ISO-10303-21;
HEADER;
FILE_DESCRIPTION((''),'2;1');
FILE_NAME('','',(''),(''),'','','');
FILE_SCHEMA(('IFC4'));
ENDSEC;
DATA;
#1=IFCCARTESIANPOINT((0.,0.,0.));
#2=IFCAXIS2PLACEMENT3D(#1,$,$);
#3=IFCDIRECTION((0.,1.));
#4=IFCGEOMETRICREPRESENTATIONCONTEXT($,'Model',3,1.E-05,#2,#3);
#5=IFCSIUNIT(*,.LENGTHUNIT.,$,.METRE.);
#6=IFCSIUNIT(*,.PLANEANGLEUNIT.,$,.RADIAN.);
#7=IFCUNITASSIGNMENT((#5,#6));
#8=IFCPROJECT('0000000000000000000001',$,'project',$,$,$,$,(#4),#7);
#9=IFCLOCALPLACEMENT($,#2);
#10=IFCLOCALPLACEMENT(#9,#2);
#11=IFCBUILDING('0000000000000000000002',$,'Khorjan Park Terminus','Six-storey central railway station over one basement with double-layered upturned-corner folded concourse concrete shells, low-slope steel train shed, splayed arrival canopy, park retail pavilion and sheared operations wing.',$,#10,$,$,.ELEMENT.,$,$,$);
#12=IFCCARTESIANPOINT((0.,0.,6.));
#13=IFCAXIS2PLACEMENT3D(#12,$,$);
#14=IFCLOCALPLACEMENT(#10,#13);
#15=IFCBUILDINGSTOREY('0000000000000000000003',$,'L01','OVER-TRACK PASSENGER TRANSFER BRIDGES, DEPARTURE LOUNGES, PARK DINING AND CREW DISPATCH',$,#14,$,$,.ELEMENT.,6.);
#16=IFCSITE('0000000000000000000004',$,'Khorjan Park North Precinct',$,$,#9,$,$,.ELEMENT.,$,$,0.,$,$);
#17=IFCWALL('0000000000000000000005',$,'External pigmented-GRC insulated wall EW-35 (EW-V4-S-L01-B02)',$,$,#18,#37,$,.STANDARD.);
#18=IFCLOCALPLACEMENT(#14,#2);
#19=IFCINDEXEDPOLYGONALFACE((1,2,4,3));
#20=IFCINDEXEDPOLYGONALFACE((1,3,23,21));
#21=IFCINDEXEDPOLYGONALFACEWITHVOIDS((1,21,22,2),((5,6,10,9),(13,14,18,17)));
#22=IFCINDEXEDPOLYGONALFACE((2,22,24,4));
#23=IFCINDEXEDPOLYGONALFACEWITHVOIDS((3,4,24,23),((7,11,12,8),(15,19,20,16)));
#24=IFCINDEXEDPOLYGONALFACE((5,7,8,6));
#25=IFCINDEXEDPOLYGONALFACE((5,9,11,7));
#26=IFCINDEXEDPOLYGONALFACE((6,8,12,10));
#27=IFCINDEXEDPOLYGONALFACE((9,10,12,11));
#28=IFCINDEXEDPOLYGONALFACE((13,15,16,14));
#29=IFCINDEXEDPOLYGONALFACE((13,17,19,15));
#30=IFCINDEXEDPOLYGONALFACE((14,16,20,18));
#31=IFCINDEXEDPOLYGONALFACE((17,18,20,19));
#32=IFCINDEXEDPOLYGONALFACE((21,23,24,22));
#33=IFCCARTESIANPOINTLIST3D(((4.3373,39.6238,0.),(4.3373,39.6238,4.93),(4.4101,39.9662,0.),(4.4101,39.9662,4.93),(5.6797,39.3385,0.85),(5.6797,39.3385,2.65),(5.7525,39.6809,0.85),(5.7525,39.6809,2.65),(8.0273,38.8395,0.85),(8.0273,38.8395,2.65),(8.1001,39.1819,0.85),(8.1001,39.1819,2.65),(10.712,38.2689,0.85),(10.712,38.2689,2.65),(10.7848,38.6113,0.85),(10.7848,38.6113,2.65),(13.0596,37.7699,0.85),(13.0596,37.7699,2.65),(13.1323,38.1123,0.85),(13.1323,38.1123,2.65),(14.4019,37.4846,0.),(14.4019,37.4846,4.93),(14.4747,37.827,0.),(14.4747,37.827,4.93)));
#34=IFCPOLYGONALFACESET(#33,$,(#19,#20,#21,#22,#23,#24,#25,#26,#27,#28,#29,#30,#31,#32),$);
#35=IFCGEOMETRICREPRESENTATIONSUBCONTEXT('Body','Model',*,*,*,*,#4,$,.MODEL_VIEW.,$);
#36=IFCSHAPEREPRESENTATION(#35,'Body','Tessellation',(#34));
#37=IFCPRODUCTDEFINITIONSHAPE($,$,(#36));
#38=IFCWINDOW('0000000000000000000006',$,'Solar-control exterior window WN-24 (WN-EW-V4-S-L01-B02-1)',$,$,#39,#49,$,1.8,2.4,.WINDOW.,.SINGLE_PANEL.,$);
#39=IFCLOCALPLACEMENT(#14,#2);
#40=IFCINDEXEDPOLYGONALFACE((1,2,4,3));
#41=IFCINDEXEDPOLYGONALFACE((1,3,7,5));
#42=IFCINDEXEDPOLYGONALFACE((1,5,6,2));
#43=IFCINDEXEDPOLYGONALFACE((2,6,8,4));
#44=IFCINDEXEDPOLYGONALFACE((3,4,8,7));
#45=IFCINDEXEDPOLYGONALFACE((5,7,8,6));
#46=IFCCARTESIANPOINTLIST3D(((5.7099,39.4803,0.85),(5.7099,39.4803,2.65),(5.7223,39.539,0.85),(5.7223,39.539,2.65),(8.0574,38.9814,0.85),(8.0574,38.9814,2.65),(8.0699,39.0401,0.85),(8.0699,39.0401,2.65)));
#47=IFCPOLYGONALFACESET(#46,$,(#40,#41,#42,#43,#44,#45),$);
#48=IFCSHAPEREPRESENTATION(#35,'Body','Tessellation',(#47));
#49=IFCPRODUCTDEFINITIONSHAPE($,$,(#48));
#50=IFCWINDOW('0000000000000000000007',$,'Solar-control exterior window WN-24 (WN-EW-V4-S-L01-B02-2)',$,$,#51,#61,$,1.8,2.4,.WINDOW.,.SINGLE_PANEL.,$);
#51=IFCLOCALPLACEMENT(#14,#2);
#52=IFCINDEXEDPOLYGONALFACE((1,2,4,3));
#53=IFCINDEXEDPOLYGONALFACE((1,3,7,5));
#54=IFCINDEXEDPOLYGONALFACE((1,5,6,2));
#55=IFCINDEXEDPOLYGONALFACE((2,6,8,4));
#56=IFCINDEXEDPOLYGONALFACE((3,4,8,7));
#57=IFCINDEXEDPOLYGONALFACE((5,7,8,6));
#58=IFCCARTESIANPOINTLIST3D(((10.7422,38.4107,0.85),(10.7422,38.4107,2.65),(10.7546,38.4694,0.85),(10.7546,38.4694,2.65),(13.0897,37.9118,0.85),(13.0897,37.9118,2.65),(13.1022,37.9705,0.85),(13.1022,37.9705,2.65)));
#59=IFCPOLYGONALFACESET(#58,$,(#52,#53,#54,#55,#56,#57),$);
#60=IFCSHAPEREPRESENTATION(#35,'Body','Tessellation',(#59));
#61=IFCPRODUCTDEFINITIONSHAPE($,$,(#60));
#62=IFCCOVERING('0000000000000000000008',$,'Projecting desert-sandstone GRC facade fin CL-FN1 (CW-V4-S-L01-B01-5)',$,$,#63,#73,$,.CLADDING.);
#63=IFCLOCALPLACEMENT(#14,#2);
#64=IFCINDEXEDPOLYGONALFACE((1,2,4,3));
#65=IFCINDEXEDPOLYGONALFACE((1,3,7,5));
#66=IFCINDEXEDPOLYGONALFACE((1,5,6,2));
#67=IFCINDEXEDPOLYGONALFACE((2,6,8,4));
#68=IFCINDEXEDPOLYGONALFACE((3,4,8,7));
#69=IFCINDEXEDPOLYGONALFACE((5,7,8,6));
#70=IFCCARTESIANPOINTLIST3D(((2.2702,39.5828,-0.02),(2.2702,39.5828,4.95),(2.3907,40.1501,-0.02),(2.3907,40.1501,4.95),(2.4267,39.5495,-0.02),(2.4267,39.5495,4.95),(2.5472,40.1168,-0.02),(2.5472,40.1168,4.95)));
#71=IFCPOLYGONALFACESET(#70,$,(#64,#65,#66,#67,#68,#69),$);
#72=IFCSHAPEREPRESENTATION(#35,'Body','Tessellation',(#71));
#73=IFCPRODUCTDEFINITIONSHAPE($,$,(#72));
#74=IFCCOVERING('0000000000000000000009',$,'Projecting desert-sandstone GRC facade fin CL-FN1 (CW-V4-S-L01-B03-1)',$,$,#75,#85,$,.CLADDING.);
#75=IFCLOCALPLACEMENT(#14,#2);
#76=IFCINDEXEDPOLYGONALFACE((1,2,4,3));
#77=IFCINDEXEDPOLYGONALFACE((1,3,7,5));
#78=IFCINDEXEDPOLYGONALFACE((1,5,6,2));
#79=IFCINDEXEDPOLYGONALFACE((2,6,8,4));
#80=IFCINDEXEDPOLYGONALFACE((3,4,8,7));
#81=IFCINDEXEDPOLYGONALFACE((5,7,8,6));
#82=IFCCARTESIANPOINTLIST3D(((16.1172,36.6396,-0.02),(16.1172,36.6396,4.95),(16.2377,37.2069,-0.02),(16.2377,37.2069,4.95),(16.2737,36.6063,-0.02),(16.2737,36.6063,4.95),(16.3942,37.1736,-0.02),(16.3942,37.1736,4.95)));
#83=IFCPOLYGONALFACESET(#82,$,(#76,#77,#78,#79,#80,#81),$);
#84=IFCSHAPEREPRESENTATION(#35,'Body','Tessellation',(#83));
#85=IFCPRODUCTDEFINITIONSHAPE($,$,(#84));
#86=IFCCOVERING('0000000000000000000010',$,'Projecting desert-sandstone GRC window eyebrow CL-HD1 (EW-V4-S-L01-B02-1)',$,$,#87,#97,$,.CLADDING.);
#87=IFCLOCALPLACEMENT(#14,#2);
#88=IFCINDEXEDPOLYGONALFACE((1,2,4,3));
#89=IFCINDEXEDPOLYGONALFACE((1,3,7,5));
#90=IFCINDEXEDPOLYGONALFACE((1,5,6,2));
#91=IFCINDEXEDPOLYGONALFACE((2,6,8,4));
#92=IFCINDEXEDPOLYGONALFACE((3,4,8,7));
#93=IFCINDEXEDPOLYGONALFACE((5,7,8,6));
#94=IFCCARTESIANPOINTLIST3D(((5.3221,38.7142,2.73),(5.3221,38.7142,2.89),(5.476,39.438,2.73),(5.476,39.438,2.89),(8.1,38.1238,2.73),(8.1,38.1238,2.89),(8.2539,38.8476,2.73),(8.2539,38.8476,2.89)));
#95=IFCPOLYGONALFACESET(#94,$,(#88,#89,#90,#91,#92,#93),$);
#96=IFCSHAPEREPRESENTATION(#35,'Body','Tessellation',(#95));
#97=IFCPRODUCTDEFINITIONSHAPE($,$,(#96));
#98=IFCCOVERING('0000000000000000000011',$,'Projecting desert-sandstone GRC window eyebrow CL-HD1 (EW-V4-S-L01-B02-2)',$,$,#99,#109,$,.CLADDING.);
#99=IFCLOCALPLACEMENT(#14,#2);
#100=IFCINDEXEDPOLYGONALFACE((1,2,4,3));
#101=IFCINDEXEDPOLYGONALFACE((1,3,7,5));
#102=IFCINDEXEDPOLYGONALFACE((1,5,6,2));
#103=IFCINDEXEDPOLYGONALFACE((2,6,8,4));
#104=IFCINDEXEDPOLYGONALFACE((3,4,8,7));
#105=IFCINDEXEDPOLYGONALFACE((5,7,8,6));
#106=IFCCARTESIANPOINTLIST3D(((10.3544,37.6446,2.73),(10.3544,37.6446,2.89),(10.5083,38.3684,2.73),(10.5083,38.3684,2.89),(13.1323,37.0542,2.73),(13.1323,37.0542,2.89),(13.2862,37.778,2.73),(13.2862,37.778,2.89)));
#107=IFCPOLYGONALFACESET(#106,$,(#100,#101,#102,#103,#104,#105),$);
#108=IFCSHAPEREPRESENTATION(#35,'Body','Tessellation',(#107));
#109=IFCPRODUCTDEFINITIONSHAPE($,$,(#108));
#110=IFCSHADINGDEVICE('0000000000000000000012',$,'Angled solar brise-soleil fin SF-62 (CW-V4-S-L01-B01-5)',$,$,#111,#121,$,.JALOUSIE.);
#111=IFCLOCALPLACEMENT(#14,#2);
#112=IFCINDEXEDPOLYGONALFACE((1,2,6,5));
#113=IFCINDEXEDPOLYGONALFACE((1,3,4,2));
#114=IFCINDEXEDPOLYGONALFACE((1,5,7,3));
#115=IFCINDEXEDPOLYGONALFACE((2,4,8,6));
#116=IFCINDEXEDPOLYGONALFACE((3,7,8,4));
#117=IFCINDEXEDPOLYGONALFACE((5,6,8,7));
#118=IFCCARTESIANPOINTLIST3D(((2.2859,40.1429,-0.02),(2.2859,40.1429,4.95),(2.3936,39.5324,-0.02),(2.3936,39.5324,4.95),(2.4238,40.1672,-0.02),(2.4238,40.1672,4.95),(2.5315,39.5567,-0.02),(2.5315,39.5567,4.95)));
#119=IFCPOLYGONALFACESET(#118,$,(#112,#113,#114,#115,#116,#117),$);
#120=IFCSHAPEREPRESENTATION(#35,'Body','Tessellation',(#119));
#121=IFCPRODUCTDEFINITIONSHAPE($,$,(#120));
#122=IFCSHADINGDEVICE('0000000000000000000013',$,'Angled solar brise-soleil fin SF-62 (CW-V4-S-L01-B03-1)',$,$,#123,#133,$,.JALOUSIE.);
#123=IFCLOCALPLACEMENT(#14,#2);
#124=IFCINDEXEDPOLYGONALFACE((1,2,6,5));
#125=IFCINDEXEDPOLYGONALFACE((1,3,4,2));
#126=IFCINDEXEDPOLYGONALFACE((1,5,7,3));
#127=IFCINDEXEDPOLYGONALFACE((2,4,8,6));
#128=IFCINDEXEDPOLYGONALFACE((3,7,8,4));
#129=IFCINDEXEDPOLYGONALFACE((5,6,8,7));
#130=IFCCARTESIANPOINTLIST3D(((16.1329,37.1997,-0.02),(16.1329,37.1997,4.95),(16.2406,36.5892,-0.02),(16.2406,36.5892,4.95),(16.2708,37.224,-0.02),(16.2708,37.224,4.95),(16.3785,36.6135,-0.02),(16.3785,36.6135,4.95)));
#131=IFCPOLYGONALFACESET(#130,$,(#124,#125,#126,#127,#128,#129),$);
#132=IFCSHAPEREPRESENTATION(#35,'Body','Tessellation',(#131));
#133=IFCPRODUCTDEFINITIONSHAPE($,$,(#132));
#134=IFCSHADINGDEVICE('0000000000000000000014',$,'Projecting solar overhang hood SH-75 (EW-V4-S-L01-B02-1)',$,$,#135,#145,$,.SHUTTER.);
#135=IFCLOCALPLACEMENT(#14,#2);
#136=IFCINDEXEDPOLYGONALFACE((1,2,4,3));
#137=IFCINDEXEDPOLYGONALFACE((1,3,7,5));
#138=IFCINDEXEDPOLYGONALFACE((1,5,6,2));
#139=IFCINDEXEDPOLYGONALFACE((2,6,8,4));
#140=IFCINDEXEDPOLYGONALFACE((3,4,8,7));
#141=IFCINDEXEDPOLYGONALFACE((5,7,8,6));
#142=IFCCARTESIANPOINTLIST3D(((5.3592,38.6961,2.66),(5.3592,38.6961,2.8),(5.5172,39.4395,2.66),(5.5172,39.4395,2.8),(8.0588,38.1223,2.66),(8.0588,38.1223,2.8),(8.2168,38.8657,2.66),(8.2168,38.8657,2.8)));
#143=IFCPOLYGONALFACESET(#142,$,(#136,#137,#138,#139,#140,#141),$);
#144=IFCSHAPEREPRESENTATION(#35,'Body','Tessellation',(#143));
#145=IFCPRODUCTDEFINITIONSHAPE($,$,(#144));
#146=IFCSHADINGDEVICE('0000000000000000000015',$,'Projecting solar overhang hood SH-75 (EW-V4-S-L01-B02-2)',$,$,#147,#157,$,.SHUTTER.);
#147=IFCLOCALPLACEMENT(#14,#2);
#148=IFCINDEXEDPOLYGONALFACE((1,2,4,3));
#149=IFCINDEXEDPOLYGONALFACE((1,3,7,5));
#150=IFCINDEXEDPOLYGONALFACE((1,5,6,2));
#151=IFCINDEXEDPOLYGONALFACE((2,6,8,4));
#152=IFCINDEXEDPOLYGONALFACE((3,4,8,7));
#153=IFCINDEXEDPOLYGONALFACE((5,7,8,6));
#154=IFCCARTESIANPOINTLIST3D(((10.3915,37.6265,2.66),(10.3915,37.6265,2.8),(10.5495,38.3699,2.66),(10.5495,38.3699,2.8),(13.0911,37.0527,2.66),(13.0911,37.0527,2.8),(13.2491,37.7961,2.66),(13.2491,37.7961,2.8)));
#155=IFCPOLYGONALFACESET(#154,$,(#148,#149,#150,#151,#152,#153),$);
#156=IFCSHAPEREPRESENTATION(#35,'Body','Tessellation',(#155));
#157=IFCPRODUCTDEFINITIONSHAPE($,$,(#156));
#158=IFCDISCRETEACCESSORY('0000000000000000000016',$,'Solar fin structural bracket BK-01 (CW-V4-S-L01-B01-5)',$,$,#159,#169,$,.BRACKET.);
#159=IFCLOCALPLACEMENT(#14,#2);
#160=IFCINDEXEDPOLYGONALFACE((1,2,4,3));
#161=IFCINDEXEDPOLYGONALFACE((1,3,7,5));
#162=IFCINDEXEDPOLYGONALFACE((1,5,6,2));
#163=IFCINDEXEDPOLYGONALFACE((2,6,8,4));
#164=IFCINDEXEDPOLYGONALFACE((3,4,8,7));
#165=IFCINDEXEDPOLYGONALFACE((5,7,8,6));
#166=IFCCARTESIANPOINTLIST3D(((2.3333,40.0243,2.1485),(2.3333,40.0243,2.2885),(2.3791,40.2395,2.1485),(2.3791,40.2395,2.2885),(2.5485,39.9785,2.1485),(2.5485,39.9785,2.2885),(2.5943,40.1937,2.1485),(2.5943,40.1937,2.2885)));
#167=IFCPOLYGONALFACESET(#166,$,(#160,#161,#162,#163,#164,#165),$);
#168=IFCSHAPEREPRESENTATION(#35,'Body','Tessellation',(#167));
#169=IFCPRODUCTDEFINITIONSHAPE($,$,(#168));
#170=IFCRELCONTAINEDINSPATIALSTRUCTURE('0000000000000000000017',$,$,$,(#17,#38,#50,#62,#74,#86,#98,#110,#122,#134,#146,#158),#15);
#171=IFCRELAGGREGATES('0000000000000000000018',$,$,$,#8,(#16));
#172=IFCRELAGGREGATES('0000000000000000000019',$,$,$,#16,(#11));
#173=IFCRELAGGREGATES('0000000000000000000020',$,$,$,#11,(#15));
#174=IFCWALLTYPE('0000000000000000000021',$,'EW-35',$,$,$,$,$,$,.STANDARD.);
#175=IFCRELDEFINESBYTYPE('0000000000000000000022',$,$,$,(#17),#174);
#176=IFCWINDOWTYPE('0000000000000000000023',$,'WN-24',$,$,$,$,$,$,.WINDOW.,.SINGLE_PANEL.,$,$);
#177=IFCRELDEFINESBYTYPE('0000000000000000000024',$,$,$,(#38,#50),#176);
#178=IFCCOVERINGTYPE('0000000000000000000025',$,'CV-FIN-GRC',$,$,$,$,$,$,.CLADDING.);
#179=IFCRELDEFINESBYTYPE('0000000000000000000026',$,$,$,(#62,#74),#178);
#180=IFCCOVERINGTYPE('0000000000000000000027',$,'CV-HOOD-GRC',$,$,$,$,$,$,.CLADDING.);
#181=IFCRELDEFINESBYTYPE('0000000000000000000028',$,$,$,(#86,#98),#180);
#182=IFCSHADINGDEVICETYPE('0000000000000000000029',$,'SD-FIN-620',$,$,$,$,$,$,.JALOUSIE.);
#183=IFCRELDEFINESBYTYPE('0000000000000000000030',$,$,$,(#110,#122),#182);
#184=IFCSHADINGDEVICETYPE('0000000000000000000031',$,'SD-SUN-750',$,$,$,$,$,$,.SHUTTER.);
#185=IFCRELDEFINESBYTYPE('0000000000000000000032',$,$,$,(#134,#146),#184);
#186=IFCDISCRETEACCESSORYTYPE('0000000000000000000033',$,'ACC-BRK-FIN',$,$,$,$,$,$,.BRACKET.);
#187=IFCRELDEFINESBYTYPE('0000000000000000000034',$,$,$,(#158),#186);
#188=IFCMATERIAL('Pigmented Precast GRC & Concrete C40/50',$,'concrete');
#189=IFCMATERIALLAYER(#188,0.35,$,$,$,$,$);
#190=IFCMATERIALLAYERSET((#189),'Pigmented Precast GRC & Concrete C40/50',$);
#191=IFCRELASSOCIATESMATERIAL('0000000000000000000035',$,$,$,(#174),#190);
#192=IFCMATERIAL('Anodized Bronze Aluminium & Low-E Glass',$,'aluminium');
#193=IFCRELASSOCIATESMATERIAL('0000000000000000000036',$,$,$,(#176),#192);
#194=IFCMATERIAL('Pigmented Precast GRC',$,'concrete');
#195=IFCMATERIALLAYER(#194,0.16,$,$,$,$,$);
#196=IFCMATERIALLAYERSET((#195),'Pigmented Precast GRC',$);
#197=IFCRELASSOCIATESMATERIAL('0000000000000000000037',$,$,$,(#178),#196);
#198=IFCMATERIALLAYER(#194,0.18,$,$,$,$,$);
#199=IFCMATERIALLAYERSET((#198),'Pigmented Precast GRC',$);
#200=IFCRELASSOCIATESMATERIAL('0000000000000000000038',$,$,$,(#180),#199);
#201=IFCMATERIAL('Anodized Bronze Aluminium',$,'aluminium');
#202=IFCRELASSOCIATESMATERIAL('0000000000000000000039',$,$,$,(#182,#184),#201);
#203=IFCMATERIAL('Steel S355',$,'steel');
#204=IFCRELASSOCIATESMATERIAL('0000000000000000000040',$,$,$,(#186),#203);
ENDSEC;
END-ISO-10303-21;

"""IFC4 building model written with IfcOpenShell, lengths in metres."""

from ifc_helpers import new_model, si_unit, direction, frame, frame_2d, origin, origin_2d, place, context, subcontext, project, spatial, rectangle, extrude, material, layer, layer_set, type_object, element, fill, save


model = new_model("IFC4")

# Units and contexts
model_context = context("Model", 3, precision=1e-05, world=origin(), true_north=direction((0.0, 1.0)))
body_context = subcontext(model_context, "Body", "Model", "MODEL_VIEW")
ifc_project = project(units=[si_unit("LENGTHUNIT", "METRE"), si_unit("PLANEANGLEUNIT", "RADIAN")], contexts=[model_context])

# Site, building, storey
site_placement = place(None, origin())
site = spatial("IfcSite", under=ifc_project, at=site_placement, Name="Khorjan Park North Precinct", CompositionType="ELEMENT", RefElevation=0.0)
building_placement = place(site_placement, origin())
building = spatial("IfcBuilding", under=site, at=building_placement, Name="Khorjan Park Terminus", Description="Six-storey central railway station over one basement with double-layered upturned-corner folded concourse concrete shells, low-slope steel train shed, splayed arrival canopy, park retail pavilion and sheared operations wing.", CompositionType="ELEMENT")
storey_placement = place(building_placement, frame((0.0, 0.0, 6.0)))
storey = spatial("IfcBuildingStorey", under=building, at=storey_placement, Name="L01", Description="OVER-TRACK PASSENGER TRANSFER BRIDGES, DEPARTURE LOUNGES, PARK DINING AND CREW DISPATCH", CompositionType="ELEMENT", Elevation=6.0)

# Shared definitions
ifc_material_1 = material(Name="Steel S355", Category="steel")

# Shared definitions
ifc_material_2 = material(Name="Anodized Bronze Aluminium", Category="aluminium")

# Wall, openings, windows
ifc_material_3 = material(Name="Pigmented Precast GRC & Concrete C40/50", Category="concrete")
ifc_layer_1 = layer(ifc_material_3, 0.35)
ifc_layer_set_1 = layer_set([ifc_layer_1], Name="Pigmented Precast GRC & Concrete C40/50")
wall_type_1 = type_object("IfcWallType", Name="EW-35", PredefinedType="STANDARD", material=ifc_layer_set_1)
wall_1_placement = place(storey_placement, frame((4.3737, 39.795, 0.0), z_axis=(0.0, 0.0, 1.0), x_axis=(0.97815, -0.207903, 0.0)))
wall_1 = element("IfcWall", 1, at=wall_1_placement, inside=storey, type_object=wall_type_1, Name="External pigmented-GRC insulated wall EW-35 (EW-V4-S-L01-B02)", PredefinedType="STANDARD", context=body_context, shape_type="SweptSolid", body=[
    extrude(rectangle(XDim=10.2894, YDim=0.35, at=frame_2d((5.1447, 0.0))), origin(), (0.0, 0.0, 1.0), 4.93),
])
opening_1_placement = place(wall_1_placement, frame((1.3724, 0.0, 0.85)))
opening_1 = element("IfcOpeningElement", 2, at=opening_1_placement, cuts=wall_1, PredefinedType="OPENING", context=body_context, shape_type="SweptSolid", body=[
    extrude(rectangle(XDim=2.4, YDim=1.8, at=frame_2d((1.2, 0.9))), frame((0.0, 0.185, 0.0), z_axis=(0.0, -1.0, 0.0), x_axis=(1.0, 0.0, 0.0)), (0.0, 0.0, 1.0), 0.37),
])
opening_2_placement = place(wall_1_placement, frame((6.5171, 0.0, 0.85)))
opening_2 = element("IfcOpeningElement", 3, at=opening_2_placement, cuts=wall_1, PredefinedType="OPENING", context=body_context, shape_type="SweptSolid", body=[
    extrude(rectangle(XDim=2.4, YDim=1.8, at=frame_2d((1.2, 0.9))), frame((0.0, 0.185, 0.0), z_axis=(0.0, -1.0, 0.0), x_axis=(1.0, 0.0, 0.0)), (0.0, 0.0, 1.0), 0.37),
])
ifc_material_4 = material(Name="Anodized Bronze Aluminium & Low-E Glass", Category="aluminium")
window_type = type_object("IfcWindowType", Name="WN-24", PartitioningType="SINGLE_PANEL", PredefinedType="WINDOW", material=ifc_material_4)
window_1_placement = place(opening_1_placement, origin())
window_1 = element("IfcWindow", 4, at=window_1_placement, inside=storey, type_object=window_type, Name="Solar-control exterior window WN-24 (WN-EW-V4-S-L01-B02-1)", OverallHeight=1.8, OverallWidth=2.4, PartitioningType="SINGLE_PANEL", PredefinedType="WINDOW", context=body_context, shape_type="SweptSolid", body=[
    extrude(rectangle(XDim=2.4, YDim=1.8, at=frame_2d((1.2, 0.9))), frame((0.0, 0.03, 0.0), z_axis=(0.0, -1.0, 0.0), x_axis=(1.0, 0.0, 0.0)), (0.0, 0.0, 1.0), 0.06),
])
fill(opening_1, window_1)
window_2_placement = place(opening_2_placement, origin())
window_2 = element("IfcWindow", 5, at=window_2_placement, inside=storey, type_object=window_type, Name="Solar-control exterior window WN-24 (WN-EW-V4-S-L01-B02-2)", OverallHeight=1.8, OverallWidth=2.4, PartitioningType="SINGLE_PANEL", PredefinedType="WINDOW", context=body_context, shape_type="SweptSolid", body=[
    extrude(rectangle(XDim=2.4, YDim=1.8, at=frame_2d((1.2, 0.9))), frame((0.0, 0.03, 0.0), z_axis=(0.0, -1.0, 0.0), x_axis=(1.0, 0.0, 0.0)), (0.0, 0.0, 1.0), 0.06),
])
fill(opening_2, window_2)

# Coverings
ifc_material_5 = material(Name="Pigmented Precast GRC", Category="concrete")
ifc_layer_2 = layer(ifc_material_5, 0.16)
ifc_layer_set_2 = layer_set([ifc_layer_2], Name="Pigmented Precast GRC")
covering_type_1 = type_object("IfcCoveringType", Name="CV-FIN-GRC", PredefinedType="CLADDING", material=ifc_layer_set_2)
for number, where, z_axis, x_axis, name in (
    (6, (2.4087, 39.8498, -0.02), (0.0, 0.0, 1.0), (0.207912, 0.978148, 0.0), "Projecting desert-sandstone GRC facade fin CL-FN1 (CW-V4-S-L01-B01-5)"),
    (7, (16.2557, 36.9066, -0.02), (0.0, 0.0, 1.0), (0.207912, 0.978148, 0.0), "Projecting desert-sandstone GRC facade fin CL-FN1 (CW-V4-S-L01-B03-1)"),
):
    element("IfcCovering", number, at=place(storey_placement, frame(where, z_axis=z_axis, x_axis=x_axis)), inside=storey, type_object=covering_type_1, Name=name, PredefinedType="CLADDING", context=body_context, shape_type="SweptSolid", body=[
        extrude(rectangle(XDim=0.58, YDim=0.16, at=origin_2d()), origin(), (0.0, 0.0, 1.0), 4.97),
    ])
ifc_layer_3 = layer(ifc_material_5, 0.18)
ifc_layer_set_3 = layer_set([ifc_layer_3], Name="Pigmented Precast GRC")
covering_type_2 = type_object("IfcCoveringType", Name="CV-HOOD-GRC", PredefinedType="CLADDING", material=ifc_layer_set_3)
for number, where, z_axis, x_axis, name in (
    (8, (6.788, 38.7809, 2.73), (0.0, 0.0, 1.0), (0.97815, -0.207903, 0.0), "Projecting desert-sandstone GRC window eyebrow CL-HD1 (EW-V4-S-L01-B02-1)"),
    (9, (11.8203, 37.7113, 2.73), (0.0, 0.0, 1.0), (0.97815, -0.207903, 0.0), "Projecting desert-sandstone GRC window eyebrow CL-HD1 (EW-V4-S-L01-B02-2)"),
):
    element("IfcCovering", number, at=place(storey_placement, frame(where, z_axis=z_axis, x_axis=x_axis)), inside=storey, type_object=covering_type_2, Name=name, PredefinedType="CLADDING", context=body_context, shape_type="SweptSolid", body=[
        extrude(rectangle(XDim=2.84, YDim=0.74, at=origin_2d()), origin(), (0.0, 0.0, 1.0), 0.16),
    ])

# Shading devices
shading_device_type_1 = type_object("IfcShadingDeviceType", Name="SD-FIN-620", PredefinedType="JALOUSIE", material=ifc_material_2)
for number, where, z_axis, x_axis, name in (
    (10, (2.4087, 39.8498, -0.02), (0.0, 0.0, 1.0), (-0.173648, 0.984808, 0.0), "Angled solar brise-soleil fin SF-62 (CW-V4-S-L01-B01-5)"),
    (11, (16.2557, 36.9066, -0.02), (0.0, 0.0, 1.0), (-0.173648, 0.984808, 0.0), "Angled solar brise-soleil fin SF-62 (CW-V4-S-L01-B03-1)"),
):
    element("IfcShadingDevice", number, at=place(storey_placement, frame(where, z_axis=z_axis, x_axis=x_axis)), inside=storey, type_object=shading_device_type_1, Name=name, PredefinedType="JALOUSIE", context=body_context, shape_type="SweptSolid", body=[
        extrude(rectangle(XDim=0.62, YDim=0.14, at=origin_2d()), origin(), (0.0, 0.0, 1.0), 4.97),
    ])
shading_device_type_2 = type_object("IfcShadingDeviceType", Name="SD-SUN-750", PredefinedType="SHUTTER", material=ifc_material_2)
for number, where, z_axis, x_axis, name in (
    (12, (6.788, 38.7809, 2.66), (0.0, 0.0, 1.0), (0.97815, -0.207903, 0.0), "Projecting solar overhang hood SH-75 (EW-V4-S-L01-B02-1)"),
    (13, (11.8203, 37.7113, 2.66), (0.0, 0.0, 1.0), (0.97815, -0.207903, 0.0), "Projecting solar overhang hood SH-75 (EW-V4-S-L01-B02-2)"),
):
    element("IfcShadingDevice", number, at=place(storey_placement, frame(where, z_axis=z_axis, x_axis=x_axis)), inside=storey, type_object=shading_device_type_2, Name=name, PredefinedType="SHUTTER", context=body_context, shape_type="SweptSolid", body=[
        extrude(rectangle(XDim=2.76, YDim=0.76, at=origin_2d()), origin(), (0.0, 0.0, 1.0), 0.14),
    ])

# Discrete accessory
discrete_accessory_type = type_object("IfcDiscreteAccessoryType", Name="ACC-BRK-FIN", PredefinedType="BRACKET", material=ifc_material_1)
discrete_accessory_placement = place(storey_placement, frame((2.4638, 40.109, 2.1485), z_axis=(0.0, 0.0, 1.0), x_axis=(0.978147, -0.207914, 0.0)))
element("IfcDiscreteAccessory", 14, at=discrete_accessory_placement, inside=storey, type_object=discrete_accessory_type, Name="Solar fin structural bracket BK-01 (CW-V4-S-L01-B01-5)", PredefinedType="BRACKET", context=body_context, shape_type="SweptSolid", body=[
    extrude(rectangle(XDim=0.22, YDim=0.22, at=origin_2d()), origin(), (0.0, 0.0, 1.0), 0.14),
])

save(model, "model.ifc")
